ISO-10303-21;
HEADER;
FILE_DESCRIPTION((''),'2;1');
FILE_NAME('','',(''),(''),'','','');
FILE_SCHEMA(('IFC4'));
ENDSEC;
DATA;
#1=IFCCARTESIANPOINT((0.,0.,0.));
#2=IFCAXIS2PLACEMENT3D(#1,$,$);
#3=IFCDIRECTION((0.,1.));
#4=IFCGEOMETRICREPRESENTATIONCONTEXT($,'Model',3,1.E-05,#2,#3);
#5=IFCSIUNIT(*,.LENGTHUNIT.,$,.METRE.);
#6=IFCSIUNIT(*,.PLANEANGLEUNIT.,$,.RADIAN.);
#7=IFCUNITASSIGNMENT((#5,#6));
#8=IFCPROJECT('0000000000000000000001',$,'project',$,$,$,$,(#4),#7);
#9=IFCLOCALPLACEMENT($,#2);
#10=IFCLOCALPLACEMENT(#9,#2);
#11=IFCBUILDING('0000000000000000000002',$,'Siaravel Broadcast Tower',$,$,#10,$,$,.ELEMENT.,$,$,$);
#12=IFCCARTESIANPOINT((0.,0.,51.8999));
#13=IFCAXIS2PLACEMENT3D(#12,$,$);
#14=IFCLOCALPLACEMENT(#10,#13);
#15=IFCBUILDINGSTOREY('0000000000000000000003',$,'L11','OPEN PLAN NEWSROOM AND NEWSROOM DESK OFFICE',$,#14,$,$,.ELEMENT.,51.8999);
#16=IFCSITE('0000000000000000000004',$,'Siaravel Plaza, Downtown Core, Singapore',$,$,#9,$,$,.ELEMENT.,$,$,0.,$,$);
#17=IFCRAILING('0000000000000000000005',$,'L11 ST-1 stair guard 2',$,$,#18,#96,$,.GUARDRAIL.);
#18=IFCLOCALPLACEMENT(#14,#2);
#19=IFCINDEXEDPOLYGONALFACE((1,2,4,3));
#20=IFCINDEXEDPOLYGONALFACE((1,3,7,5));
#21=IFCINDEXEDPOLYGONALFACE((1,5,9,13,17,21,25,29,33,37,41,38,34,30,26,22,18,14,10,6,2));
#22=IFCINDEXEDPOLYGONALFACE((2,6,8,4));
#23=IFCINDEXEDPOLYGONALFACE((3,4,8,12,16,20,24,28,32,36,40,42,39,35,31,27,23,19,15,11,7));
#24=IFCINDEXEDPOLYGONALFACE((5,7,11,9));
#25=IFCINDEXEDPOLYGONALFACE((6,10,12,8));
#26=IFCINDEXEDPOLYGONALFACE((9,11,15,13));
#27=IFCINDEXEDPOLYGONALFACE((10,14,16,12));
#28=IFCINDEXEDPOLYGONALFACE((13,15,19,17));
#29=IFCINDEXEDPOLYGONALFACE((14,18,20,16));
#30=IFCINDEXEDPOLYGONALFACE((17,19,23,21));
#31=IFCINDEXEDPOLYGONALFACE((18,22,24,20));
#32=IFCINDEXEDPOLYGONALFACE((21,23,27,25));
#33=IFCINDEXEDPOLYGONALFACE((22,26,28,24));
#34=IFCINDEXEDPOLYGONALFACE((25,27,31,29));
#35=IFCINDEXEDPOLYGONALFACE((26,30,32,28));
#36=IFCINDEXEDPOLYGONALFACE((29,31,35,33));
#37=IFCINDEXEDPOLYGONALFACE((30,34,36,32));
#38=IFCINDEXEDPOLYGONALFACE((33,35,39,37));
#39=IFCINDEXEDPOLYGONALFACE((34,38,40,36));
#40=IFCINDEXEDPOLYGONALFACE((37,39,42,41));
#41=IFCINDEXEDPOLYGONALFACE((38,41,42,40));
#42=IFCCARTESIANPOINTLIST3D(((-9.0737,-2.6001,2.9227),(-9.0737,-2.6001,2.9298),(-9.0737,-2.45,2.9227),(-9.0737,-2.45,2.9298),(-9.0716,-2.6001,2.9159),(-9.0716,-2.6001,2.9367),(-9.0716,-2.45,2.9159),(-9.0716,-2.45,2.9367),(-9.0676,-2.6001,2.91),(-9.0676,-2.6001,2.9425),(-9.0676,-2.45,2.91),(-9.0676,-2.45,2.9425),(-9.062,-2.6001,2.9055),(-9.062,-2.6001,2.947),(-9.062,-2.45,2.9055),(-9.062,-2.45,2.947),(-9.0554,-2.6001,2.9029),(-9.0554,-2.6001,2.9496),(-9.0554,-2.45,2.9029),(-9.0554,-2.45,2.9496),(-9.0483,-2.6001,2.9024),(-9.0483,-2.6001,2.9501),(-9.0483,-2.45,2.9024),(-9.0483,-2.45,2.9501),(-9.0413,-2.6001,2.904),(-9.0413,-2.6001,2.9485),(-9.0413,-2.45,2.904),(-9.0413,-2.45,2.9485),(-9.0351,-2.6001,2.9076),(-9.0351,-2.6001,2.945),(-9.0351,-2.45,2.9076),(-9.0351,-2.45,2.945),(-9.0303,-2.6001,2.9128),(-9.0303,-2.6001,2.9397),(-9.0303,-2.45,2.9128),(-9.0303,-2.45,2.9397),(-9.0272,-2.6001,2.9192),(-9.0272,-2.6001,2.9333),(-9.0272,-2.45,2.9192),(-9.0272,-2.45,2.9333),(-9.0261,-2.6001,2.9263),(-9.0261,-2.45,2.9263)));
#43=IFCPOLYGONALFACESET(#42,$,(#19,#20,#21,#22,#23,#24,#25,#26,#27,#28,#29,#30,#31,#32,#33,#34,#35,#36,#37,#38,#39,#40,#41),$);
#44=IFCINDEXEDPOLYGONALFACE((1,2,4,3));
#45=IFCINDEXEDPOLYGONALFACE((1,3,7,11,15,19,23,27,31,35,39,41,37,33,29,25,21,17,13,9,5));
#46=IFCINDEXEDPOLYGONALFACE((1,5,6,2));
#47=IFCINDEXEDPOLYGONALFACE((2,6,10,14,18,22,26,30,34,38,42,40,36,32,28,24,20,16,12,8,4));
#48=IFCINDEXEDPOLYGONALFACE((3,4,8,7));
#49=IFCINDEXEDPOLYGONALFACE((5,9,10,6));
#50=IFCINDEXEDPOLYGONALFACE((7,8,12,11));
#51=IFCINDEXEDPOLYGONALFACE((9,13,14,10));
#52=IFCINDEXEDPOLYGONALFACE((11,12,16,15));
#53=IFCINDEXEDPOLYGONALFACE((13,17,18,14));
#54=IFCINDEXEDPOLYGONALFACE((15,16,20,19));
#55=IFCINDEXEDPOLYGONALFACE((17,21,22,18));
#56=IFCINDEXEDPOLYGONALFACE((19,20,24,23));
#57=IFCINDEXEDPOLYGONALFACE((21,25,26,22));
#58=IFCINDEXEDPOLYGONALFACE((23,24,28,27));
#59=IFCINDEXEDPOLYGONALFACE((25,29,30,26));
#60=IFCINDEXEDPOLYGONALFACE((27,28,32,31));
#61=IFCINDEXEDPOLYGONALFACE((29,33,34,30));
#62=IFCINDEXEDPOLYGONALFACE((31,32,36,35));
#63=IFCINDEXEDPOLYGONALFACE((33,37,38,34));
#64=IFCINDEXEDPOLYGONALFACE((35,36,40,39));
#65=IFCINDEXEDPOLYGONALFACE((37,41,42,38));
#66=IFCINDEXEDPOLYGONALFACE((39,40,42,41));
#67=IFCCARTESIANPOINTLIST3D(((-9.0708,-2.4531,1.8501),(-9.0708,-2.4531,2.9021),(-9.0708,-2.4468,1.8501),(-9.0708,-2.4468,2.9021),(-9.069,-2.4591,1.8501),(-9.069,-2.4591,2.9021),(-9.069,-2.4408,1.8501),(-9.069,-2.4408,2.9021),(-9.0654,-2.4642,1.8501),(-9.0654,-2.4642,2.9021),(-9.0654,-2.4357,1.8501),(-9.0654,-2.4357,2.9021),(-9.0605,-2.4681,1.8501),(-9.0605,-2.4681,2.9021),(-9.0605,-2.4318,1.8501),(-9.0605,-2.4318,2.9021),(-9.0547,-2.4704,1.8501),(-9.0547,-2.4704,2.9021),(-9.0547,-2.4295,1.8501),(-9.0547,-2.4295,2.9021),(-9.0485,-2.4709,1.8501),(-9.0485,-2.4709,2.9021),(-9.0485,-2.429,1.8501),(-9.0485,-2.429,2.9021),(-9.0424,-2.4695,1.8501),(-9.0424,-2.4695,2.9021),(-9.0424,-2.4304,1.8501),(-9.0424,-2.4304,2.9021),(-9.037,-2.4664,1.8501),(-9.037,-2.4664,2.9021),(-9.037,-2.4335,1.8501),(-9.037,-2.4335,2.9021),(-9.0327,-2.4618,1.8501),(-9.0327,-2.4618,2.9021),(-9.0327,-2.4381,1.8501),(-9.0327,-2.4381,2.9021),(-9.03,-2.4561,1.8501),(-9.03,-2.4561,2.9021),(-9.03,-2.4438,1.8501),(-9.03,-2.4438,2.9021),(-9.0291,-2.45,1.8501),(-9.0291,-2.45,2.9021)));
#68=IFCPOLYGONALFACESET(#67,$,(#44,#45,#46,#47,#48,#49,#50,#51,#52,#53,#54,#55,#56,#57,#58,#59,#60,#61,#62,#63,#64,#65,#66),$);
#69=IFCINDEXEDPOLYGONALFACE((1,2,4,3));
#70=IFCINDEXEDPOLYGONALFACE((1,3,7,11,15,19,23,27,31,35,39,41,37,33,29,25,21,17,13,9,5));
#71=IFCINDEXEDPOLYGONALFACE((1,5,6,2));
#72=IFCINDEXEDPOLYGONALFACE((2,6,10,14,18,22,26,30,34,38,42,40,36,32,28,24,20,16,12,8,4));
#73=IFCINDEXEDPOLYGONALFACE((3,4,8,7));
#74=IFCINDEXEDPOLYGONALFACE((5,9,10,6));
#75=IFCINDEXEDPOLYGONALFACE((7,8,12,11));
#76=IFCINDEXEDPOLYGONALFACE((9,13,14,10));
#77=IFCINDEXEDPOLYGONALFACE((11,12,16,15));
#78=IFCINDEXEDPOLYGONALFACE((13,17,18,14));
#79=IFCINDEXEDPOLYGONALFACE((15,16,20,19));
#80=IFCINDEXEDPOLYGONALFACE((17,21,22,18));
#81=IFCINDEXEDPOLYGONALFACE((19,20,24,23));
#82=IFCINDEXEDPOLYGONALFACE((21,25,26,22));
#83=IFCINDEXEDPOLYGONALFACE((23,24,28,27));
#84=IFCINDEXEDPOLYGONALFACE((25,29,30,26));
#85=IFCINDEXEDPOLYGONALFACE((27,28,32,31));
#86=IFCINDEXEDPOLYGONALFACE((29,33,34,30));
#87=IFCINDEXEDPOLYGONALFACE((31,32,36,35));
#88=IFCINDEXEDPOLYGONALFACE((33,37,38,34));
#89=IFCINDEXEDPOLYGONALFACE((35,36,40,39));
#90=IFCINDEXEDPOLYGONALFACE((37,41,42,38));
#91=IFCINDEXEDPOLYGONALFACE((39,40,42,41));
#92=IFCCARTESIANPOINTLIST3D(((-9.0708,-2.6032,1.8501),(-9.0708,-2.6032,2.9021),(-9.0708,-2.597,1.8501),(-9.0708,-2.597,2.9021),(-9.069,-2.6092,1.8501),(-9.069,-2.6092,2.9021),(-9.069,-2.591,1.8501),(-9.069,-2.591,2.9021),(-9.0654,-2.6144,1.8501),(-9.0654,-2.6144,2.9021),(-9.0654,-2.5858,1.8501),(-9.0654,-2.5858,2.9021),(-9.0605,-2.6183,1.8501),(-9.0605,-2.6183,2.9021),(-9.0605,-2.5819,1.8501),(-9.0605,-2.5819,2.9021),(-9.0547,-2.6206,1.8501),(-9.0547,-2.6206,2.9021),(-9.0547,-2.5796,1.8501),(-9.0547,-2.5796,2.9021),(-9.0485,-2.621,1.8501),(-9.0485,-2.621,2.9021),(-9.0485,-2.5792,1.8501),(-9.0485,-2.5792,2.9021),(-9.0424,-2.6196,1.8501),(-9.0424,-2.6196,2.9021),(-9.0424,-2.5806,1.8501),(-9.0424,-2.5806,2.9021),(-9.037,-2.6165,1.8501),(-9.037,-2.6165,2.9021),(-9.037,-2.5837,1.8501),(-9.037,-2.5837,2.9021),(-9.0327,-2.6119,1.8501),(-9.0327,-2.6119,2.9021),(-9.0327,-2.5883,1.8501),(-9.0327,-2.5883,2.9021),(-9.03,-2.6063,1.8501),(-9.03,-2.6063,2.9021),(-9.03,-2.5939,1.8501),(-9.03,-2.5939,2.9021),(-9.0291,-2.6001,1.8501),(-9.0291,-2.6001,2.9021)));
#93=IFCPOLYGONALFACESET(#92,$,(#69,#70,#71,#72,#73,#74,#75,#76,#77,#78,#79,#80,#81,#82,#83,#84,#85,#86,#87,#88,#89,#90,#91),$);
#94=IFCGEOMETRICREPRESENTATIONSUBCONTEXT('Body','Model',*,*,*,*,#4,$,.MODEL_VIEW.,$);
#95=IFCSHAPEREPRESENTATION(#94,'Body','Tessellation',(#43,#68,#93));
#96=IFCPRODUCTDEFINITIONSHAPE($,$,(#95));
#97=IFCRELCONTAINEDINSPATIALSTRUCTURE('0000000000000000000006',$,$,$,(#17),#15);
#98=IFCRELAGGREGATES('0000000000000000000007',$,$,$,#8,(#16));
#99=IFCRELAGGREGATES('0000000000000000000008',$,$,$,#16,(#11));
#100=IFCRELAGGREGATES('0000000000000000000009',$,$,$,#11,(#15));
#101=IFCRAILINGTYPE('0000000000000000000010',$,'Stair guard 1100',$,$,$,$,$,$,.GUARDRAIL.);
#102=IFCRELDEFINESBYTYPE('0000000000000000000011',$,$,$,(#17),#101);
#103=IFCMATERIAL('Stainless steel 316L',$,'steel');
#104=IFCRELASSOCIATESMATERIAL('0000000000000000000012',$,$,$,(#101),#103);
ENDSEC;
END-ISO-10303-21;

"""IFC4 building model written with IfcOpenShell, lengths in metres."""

from ifc_helpers import new_model, si_unit, direction, frame, origin, origin_2d, place, context, subcontext, project, spatial, circle, extrude, material, type_object, element, save


model = new_model("IFC4")

# Units and contexts
model_context = context("Model", 3, precision=1e-05, world=origin(), true_north=direction((0.0, 1.0)))
body_context = subcontext(model_context, "Body", "Model", "MODEL_VIEW")
ifc_project = project(units=[si_unit("LENGTHUNIT", "METRE"), si_unit("PLANEANGLEUNIT", "RADIAN")], contexts=[model_context])

# Site, building, storey
site_placement = place(None, origin())
site = spatial("IfcSite", under=ifc_project, at=site_placement, Name="Siaravel Plaza, Downtown Core, Singapore", CompositionType="ELEMENT", RefElevation=0.0)
building_placement = place(site_placement, origin())
building = spatial("IfcBuilding", under=site, at=building_placement, Name="Siaravel Broadcast Tower", CompositionType="ELEMENT")
storey_placement = place(building_placement, frame((0.0, 0.0, 51.8999)))
storey = spatial("IfcBuildingStorey", under=building, at=storey_placement, Name="L11", Description="OPEN PLAN NEWSROOM AND NEWSROOM DESK OFFICE", CompositionType="ELEMENT", Elevation=51.8999)

# Railing
ifc_material_1 = material(Name="Stainless steel 316L", Category="steel")
railing_type_1 = type_object("IfcRailingType", Name="Stair guard 1100", PredefinedType="GUARDRAIL", material=ifc_material_1)
railing_1_placement = place(storey_placement, frame((-9.05, -2.45, 1.8501)))
element("IfcRailing", 1, at=railing_1_placement, inside=storey, type_object=railing_type_1, Name="L11 ST-1 stair guard 2", PredefinedType="GUARDRAIL", context=body_context, shape_type="SweptSolid", body=[
    extrude(circle(Radius=0.0239, at=origin_2d()), frame((0.0, 0.0, 1.0762), z_axis=(0.0, -1.0, 0.0), x_axis=(1.0, 0.0, 0.0)), (0.0, 0.0, 1.0), 0.1501),
    extrude(circle(Radius=0.021, at=origin_2d()), origin(), (0.0, 0.0, 1.0), 1.052),
    extrude(circle(Radius=0.021, at=origin_2d()), frame((0.0, -0.1501, 0.0)), (0.0, 0.0, 1.0), 1.052),
])

save(model, "model.ifc")
